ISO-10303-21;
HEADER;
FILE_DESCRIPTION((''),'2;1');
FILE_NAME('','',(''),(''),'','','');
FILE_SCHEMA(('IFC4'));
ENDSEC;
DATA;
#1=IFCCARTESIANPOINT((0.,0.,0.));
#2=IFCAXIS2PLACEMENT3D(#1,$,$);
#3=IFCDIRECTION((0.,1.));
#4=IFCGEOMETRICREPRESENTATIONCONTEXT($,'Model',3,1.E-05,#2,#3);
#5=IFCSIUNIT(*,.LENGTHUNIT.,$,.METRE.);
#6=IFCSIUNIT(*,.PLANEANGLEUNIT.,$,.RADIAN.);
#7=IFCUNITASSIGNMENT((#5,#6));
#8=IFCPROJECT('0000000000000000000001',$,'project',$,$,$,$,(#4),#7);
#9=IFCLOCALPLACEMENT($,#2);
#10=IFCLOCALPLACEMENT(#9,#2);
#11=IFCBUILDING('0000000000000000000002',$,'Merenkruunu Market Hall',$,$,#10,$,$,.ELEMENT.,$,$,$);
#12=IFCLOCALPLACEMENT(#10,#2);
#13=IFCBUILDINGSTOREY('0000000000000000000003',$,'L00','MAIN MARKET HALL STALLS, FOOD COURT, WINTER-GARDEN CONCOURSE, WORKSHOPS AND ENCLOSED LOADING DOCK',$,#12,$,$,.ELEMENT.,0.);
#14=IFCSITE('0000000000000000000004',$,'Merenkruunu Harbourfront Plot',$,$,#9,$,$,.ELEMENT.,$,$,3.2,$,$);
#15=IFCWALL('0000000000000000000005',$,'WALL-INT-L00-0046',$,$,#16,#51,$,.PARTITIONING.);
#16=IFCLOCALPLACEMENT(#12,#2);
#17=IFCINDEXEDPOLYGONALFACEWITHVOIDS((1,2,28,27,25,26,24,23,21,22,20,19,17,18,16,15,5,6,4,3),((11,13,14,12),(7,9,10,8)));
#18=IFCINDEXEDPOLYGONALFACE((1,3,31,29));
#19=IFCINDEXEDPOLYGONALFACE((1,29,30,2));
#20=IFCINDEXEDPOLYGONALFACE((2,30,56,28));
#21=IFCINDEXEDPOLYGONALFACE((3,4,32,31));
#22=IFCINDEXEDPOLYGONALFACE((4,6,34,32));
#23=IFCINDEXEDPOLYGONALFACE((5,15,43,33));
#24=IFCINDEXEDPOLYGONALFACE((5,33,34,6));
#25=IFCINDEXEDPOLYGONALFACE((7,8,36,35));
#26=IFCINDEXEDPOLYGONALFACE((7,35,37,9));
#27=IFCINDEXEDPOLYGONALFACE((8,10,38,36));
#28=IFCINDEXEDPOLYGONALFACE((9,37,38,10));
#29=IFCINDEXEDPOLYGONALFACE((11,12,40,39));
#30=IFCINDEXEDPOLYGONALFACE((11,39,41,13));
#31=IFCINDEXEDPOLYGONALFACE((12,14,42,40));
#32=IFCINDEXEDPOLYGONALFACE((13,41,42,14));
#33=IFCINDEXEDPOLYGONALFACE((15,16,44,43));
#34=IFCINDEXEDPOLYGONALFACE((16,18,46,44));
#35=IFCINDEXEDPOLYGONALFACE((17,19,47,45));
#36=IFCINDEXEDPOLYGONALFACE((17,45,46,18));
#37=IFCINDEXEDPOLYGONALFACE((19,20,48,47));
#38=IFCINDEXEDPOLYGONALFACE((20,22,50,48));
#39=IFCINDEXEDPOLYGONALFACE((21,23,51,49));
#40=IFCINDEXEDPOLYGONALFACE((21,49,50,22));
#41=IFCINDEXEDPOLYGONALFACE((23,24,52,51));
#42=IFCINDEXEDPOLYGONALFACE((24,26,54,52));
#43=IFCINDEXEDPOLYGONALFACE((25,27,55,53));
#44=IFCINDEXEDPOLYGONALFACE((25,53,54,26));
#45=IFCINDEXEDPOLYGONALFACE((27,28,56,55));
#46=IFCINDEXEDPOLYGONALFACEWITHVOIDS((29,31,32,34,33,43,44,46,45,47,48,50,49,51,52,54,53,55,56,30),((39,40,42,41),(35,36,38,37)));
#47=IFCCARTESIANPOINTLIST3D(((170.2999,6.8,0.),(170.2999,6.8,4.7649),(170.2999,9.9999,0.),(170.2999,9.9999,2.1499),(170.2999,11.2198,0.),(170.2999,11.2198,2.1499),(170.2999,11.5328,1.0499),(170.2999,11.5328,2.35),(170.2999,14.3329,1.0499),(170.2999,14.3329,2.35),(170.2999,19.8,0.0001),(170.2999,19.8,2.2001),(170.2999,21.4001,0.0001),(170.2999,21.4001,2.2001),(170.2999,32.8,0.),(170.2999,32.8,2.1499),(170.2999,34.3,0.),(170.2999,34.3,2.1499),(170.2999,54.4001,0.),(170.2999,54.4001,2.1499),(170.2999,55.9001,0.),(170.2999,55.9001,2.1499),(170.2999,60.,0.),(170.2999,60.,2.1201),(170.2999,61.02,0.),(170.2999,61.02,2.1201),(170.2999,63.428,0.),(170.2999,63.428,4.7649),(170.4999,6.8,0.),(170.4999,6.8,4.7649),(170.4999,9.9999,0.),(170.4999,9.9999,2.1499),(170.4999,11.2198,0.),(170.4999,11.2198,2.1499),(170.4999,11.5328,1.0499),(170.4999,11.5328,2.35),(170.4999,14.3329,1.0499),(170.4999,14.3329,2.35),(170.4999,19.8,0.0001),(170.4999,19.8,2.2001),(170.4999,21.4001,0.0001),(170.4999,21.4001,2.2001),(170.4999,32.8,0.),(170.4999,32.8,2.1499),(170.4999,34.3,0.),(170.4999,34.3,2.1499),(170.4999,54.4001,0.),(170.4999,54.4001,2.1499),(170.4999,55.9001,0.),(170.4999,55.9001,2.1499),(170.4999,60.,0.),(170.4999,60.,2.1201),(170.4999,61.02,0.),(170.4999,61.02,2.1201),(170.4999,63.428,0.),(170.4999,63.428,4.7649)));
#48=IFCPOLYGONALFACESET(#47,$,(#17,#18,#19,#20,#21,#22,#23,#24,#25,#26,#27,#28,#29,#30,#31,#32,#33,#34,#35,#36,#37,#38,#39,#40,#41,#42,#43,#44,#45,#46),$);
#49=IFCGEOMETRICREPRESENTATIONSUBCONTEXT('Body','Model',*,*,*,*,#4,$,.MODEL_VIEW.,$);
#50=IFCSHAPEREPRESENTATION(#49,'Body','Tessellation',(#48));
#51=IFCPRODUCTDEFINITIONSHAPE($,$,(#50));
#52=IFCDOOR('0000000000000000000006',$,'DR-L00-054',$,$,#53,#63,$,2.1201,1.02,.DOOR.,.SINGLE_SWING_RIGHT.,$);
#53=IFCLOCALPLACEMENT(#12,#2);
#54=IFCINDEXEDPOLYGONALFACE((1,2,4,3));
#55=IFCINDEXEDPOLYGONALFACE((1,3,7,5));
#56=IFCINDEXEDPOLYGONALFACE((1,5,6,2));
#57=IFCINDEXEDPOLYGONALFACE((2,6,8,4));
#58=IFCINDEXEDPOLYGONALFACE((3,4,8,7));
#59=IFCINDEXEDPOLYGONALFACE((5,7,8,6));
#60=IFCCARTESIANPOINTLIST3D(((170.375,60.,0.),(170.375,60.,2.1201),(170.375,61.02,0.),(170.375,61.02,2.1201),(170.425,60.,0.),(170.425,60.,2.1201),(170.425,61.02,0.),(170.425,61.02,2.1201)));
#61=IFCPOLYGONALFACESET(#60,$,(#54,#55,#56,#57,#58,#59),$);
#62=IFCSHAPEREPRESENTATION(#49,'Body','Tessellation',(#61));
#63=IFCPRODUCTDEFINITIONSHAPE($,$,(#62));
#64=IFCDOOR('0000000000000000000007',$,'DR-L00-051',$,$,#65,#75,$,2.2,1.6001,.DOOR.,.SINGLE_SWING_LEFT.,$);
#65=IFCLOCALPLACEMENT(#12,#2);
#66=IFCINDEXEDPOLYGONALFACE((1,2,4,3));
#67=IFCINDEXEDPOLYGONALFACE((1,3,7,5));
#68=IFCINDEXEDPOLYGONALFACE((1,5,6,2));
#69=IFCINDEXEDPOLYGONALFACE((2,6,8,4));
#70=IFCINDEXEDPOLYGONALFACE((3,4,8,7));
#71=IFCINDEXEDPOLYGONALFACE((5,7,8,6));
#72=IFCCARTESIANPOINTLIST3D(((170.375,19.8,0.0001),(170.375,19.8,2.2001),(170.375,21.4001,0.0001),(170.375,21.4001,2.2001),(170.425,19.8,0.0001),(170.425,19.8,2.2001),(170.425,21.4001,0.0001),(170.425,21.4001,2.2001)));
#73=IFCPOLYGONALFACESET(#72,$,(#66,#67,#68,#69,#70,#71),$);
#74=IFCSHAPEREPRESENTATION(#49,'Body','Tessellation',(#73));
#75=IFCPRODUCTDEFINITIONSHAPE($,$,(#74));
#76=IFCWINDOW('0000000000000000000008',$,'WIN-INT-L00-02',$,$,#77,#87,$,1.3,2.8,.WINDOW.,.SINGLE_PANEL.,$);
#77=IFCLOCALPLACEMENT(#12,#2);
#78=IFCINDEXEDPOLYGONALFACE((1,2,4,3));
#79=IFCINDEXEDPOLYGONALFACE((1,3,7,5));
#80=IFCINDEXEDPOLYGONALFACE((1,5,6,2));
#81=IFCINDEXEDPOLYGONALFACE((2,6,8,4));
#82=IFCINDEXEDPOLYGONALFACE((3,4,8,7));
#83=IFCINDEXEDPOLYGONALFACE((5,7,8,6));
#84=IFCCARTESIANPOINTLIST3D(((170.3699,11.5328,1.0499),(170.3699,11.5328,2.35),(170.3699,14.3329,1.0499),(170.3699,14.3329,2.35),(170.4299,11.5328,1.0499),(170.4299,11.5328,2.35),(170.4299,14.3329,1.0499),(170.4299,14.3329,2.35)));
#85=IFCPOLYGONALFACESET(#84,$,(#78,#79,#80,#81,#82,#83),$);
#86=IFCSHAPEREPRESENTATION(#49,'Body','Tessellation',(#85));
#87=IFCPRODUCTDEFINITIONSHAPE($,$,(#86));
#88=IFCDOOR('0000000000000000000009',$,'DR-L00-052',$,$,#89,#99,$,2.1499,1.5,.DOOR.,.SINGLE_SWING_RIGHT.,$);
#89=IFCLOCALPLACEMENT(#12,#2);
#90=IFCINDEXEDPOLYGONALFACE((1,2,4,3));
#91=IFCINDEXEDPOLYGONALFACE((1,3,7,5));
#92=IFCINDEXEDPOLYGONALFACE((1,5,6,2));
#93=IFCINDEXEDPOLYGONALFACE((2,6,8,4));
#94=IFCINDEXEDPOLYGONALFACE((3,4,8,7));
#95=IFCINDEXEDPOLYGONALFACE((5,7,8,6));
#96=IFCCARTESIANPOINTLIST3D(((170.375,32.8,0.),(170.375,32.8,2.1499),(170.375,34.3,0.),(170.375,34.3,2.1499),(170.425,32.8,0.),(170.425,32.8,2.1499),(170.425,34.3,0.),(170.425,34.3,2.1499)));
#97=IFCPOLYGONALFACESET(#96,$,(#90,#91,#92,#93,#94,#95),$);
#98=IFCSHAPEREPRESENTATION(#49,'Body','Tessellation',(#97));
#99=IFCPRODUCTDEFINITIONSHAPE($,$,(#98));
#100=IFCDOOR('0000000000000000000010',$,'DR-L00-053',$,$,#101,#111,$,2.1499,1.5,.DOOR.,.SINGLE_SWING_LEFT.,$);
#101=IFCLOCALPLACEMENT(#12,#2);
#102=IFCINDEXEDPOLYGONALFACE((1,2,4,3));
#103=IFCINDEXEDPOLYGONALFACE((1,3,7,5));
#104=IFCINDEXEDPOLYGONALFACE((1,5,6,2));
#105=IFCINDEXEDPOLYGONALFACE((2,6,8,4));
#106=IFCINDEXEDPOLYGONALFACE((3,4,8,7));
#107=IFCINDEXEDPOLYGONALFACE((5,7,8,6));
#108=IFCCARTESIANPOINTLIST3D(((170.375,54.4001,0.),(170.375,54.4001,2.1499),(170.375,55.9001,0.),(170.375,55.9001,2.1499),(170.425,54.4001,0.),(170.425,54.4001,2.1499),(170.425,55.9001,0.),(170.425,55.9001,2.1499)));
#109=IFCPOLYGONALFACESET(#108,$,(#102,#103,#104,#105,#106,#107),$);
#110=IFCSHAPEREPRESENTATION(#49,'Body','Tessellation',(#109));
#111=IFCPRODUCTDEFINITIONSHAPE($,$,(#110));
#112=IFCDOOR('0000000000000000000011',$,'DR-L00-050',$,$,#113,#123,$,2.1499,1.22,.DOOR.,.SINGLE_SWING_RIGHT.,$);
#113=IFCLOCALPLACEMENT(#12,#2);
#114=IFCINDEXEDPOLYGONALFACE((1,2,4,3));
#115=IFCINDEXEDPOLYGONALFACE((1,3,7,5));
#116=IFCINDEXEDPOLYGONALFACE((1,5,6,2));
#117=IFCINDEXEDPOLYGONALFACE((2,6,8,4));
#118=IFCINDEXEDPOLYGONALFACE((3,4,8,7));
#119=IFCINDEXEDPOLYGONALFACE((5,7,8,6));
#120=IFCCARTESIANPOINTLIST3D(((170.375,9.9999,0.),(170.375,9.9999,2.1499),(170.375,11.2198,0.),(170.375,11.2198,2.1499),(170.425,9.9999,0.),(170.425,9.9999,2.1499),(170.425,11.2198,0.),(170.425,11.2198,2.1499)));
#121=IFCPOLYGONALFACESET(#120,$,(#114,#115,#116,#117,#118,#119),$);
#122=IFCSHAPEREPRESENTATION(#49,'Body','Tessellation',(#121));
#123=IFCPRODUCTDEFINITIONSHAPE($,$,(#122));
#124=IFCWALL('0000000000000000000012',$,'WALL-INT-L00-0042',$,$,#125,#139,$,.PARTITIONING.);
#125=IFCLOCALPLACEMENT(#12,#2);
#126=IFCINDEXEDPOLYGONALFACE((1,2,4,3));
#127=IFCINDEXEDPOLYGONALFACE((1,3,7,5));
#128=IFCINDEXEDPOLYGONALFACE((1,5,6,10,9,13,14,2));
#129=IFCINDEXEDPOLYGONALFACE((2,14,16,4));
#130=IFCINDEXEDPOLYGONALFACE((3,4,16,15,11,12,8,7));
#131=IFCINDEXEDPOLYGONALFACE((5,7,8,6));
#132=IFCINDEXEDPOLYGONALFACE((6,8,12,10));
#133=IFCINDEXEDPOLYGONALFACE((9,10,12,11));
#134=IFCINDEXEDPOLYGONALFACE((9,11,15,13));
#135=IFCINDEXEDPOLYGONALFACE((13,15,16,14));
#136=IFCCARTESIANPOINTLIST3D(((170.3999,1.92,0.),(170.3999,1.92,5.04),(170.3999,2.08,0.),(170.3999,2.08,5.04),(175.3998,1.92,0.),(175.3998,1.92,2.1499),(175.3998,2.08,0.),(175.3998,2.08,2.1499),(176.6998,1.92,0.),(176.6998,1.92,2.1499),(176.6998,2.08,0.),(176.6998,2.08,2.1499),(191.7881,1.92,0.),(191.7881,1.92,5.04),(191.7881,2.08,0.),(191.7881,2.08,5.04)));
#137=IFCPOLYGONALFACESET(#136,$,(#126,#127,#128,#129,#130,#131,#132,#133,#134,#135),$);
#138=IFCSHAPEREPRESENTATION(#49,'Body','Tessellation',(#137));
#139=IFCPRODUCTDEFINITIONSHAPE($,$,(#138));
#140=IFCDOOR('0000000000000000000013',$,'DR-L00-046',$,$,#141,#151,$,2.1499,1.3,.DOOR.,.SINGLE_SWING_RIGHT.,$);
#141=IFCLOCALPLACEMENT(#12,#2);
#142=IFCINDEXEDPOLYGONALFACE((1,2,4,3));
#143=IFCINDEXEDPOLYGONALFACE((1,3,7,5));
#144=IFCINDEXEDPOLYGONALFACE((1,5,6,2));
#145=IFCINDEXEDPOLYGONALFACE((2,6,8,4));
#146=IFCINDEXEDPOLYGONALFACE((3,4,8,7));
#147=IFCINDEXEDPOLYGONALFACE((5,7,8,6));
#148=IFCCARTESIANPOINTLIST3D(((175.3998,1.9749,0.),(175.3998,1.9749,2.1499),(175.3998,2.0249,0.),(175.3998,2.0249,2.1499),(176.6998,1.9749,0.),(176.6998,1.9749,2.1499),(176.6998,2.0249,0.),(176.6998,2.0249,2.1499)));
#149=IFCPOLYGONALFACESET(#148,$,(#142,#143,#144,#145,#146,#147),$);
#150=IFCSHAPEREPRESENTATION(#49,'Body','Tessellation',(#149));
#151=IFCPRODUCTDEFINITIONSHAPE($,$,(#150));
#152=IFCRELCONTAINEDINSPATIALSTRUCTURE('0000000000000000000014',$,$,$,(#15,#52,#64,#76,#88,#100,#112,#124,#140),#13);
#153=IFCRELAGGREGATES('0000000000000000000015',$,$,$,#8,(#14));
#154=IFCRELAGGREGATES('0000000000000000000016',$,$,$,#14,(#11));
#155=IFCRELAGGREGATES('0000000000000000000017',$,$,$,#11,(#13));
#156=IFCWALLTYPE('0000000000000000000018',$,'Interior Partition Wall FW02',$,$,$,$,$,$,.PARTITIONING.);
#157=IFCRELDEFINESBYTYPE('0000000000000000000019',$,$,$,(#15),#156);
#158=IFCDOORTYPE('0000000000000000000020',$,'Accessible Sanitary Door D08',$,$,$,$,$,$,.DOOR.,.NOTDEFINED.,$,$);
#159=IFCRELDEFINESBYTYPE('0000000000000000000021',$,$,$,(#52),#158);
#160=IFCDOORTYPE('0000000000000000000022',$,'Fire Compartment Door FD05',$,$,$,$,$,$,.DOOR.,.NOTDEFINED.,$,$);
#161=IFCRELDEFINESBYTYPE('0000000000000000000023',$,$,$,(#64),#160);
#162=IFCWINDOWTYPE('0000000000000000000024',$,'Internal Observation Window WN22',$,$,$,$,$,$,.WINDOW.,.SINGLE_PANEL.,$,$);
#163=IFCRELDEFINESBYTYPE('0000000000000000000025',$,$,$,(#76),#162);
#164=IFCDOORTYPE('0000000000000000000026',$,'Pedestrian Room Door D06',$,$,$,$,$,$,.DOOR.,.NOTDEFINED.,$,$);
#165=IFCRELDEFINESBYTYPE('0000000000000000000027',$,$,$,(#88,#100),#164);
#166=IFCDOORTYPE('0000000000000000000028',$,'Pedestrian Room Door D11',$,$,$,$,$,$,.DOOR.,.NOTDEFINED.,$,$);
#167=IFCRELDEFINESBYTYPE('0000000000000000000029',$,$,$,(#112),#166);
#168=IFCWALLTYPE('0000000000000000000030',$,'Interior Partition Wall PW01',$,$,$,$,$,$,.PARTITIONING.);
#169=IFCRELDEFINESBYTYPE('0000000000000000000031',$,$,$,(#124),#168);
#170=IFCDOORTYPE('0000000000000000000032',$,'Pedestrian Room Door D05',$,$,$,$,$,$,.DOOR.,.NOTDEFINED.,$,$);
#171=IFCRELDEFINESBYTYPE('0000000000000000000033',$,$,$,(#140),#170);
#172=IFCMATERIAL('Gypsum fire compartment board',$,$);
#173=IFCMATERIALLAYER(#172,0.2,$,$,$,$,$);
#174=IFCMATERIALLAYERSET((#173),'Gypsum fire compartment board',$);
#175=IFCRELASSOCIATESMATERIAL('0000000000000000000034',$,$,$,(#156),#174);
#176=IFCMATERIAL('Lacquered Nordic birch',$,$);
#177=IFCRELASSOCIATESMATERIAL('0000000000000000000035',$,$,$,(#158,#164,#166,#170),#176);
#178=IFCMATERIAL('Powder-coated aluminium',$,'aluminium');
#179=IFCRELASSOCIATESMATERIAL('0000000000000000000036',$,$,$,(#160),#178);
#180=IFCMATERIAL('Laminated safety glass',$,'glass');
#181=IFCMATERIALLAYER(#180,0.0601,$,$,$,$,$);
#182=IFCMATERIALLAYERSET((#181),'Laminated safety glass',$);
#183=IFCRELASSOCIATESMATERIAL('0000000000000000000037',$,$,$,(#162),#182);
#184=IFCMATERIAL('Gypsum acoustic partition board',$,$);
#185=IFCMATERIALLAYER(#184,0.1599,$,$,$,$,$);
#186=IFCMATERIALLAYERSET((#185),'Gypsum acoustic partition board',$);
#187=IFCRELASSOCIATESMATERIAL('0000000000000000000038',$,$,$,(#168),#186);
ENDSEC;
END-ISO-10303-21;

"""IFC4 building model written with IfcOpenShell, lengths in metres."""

from ifc_helpers import new_model, si_unit, direction, frame, frame_2d, origin, place, context, subcontext, project, spatial, rectangle, extrude, material, layer, layer_set, type_object, element, fill, save


model = new_model("IFC4")

# Units and contexts
model_context = context("Model", 3, precision=1e-05, world=origin(), true_north=direction((0.0, 1.0)))
body_context = subcontext(model_context, "Body", "Model", "MODEL_VIEW")
ifc_project = project(units=[si_unit("LENGTHUNIT", "METRE"), si_unit("PLANEANGLEUNIT", "RADIAN")], contexts=[model_context])

# Site, building, storey
site_placement = place(None, origin())
site = spatial("IfcSite", under=ifc_project, at=site_placement, Name="Merenkruunu Harbourfront Plot", CompositionType="ELEMENT", RefElevation=3.2)
building_placement = place(site_placement, origin())
building = spatial("IfcBuilding", under=site, at=building_placement, Name="Merenkruunu Market Hall", CompositionType="ELEMENT")
storey_placement = place(building_placement, origin())
storey = spatial("IfcBuildingStorey", under=building, at=storey_placement, Name="L00", Description="MAIN MARKET HALL STALLS, FOOD COURT, WINTER-GARDEN CONCOURSE, WORKSHOPS AND ENCLOSED LOADING DOCK", CompositionType="ELEMENT", Elevation=0.0)

# Wall, openings, doors, window
ifc_material_1 = material(Name="Gypsum fire compartment board")
ifc_layer_1 = layer(ifc_material_1, 0.2)
ifc_layer_set_1 = layer_set([ifc_layer_1], Name="Gypsum fire compartment board")
wall_type_1 = type_object("IfcWallType", Name="Interior Partition Wall FW02", PredefinedType="PARTITIONING", material=ifc_layer_set_1)
wall_1_placement = place(storey_placement, frame((170.3999, 6.8, 0.0), z_axis=(0.0, 0.0, 1.0), x_axis=(0.0, 1.0, 0.0)))
wall_1 = element("IfcWall", 1, at=wall_1_placement, inside=storey, type_object=wall_type_1, Name="WALL-INT-L00-0046", PredefinedType="PARTITIONING", context=body_context, shape_type="SweptSolid", body=[
    extrude(rectangle(XDim=56.6279, YDim=0.2, at=frame_2d((28.314, 0.0))), origin(), (0.0, 0.0, 1.0), 4.7649),
])
opening_1_placement = place(wall_1_placement, frame((3.2, 0.0, 0.0)))
opening_1 = element("IfcOpeningElement", 2, at=opening_1_placement, cuts=wall_1, PredefinedType="OPENING", context=body_context, shape_type="SweptSolid", body=[
    extrude(rectangle(XDim=1.22, YDim=2.1499, at=frame_2d((0.6099, 1.075))), frame((0.0, 0.1099, 0.0), z_axis=(0.0, -1.0, 0.0), x_axis=(1.0, 0.0, 0.0)), (0.0, 0.0, 1.0), 0.22),
])
opening_2_placement = place(wall_1_placement, frame((13.0, 0.0, 0.0)))
opening_2 = element("IfcOpeningElement", 3, at=opening_2_placement, cuts=wall_1, PredefinedType="OPENING", context=body_context, shape_type="SweptSolid", body=[
    extrude(rectangle(XDim=1.6001, YDim=2.2, at=frame_2d((0.8, 1.1001))), frame((0.0, 0.1099, 0.0), z_axis=(0.0, -1.0, 0.0), x_axis=(1.0, 0.0, 0.0)), (0.0, 0.0, 1.0), 0.22),
])
opening_3_placement = place(wall_1_placement, frame((26.0, 0.0, 0.0)))
opening_3 = element("IfcOpeningElement", 4, at=opening_3_placement, cuts=wall_1, PredefinedType="OPENING", context=body_context, shape_type="SweptSolid", body=[
    extrude(rectangle(XDim=1.5, YDim=2.1499, at=frame_2d((0.75, 1.075))), frame((0.0, 0.1099, 0.0), z_axis=(0.0, -1.0, 0.0), x_axis=(1.0, 0.0, 0.0)), (0.0, 0.0, 1.0), 0.22),
])
opening_4_placement = place(wall_1_placement, frame((47.6001, 0.0, 0.0)))
opening_4 = element("IfcOpeningElement", 5, at=opening_4_placement, cuts=wall_1, PredefinedType="OPENING", context=body_context, shape_type="SweptSolid", body=[
    extrude(rectangle(XDim=1.5, YDim=2.1499, at=frame_2d((0.75, 1.075))), frame((0.0, 0.1099, 0.0), z_axis=(0.0, -1.0, 0.0), x_axis=(1.0, 0.0, 0.0)), (0.0, 0.0, 1.0), 0.22),
])
opening_5_placement = place(wall_1_placement, frame((53.2, 0.0, 0.0)))
opening_5 = element("IfcOpeningElement", 6, at=opening_5_placement, cuts=wall_1, PredefinedType="OPENING", context=body_context, shape_type="SweptSolid", body=[
    extrude(rectangle(XDim=1.02, YDim=2.1201, at=frame_2d((0.51, 1.0601))), frame((0.0, 0.1099, 0.0), z_axis=(0.0, -1.0, 0.0), x_axis=(1.0, 0.0, 0.0)), (0.0, 0.0, 1.0), 0.22),
])
opening_6_placement = place(wall_1_placement, frame((4.7329, 0.0, 1.05)))
opening_6 = element("IfcOpeningElement", 7, at=opening_6_placement, cuts=wall_1, PredefinedType="OPENING", context=body_context, shape_type="SweptSolid", body=[
    extrude(rectangle(XDim=2.8, YDim=1.3, at=frame_2d((1.3999, 0.6499))), frame((0.0, 0.1099, 0.0), z_axis=(0.0, -1.0, 0.0), x_axis=(1.0, 0.0, 0.0)), (0.0, 0.0, 1.0), 0.22),
])
ifc_material_2 = material(Name="Lacquered Nordic birch")
door_type_1 = type_object("IfcDoorType", Name="Accessible Sanitary Door D08", OperationType="NOTDEFINED", PredefinedType="DOOR", material=ifc_material_2)
door_1_placement = place(opening_5_placement, origin())
door_1 = element("IfcDoor", 8, at=door_1_placement, inside=storey, type_object=door_type_1, Name="DR-L00-054", OperationType="SINGLE_SWING_RIGHT", OverallHeight=2.1201, OverallWidth=1.02, PredefinedType="DOOR", context=body_context, shape_type="SweptSolid", body=[
    extrude(rectangle(XDim=1.02, YDim=2.1201, at=frame_2d((0.51, 1.0601))), frame((0.0, 0.0249, 0.0), z_axis=(0.0, -1.0, 0.0), x_axis=(1.0, 0.0, 0.0)), (0.0, 0.0, 1.0), 0.05),
])
fill(opening_5, door_1)
ifc_material_3 = material(Name="Powder-coated aluminium", Category="aluminium")
door_type_2 = type_object("IfcDoorType", Name="Fire Compartment Door FD05", OperationType="NOTDEFINED", PredefinedType="DOOR", material=ifc_material_3)
door_2_placement = place(opening_2_placement, origin())
door_2 = element("IfcDoor", 9, at=door_2_placement, inside=storey, type_object=door_type_2, Name="DR-L00-051", OperationType="SINGLE_SWING_LEFT", OverallHeight=2.2, OverallWidth=1.6001, PredefinedType="DOOR", context=body_context, shape_type="SweptSolid", body=[
    extrude(rectangle(XDim=1.6001, YDim=2.2, at=frame_2d((0.8, 1.1001))), frame((0.0, 0.0249, 0.0), z_axis=(0.0, -1.0, 0.0), x_axis=(1.0, 0.0, 0.0)), (0.0, 0.0, 1.0), 0.05),
])
fill(opening_2, door_2)
ifc_material_4 = material(Name="Laminated safety glass", Category="glass")
ifc_layer_2 = layer(ifc_material_4, 0.0601)
ifc_layer_set_2 = layer_set([ifc_layer_2], Name="Laminated safety glass")
window_type_1 = type_object("IfcWindowType", Name="Internal Observation Window WN22", PartitioningType="SINGLE_PANEL", PredefinedType="WINDOW", material=ifc_layer_set_2)
window_1_placement = place(opening_6_placement, origin())
window_1 = element("IfcWindow", 10, at=window_1_placement, inside=storey, type_object=window_type_1, Name="WIN-INT-L00-02", OverallHeight=1.3, OverallWidth=2.8, PartitioningType="SINGLE_PANEL", PredefinedType="WINDOW", context=body_context, shape_type="SweptSolid", body=[
    extrude(rectangle(XDim=2.8, YDim=1.3, at=frame_2d((1.3999, 0.6499))), frame((0.0, 0.03, 0.0), z_axis=(0.0, -1.0, 0.0), x_axis=(1.0, 0.0, 0.0)), (0.0, 0.0, 1.0), 0.0601),
])
fill(opening_6, window_1)
door_type_3 = type_object("IfcDoorType", Name="Pedestrian Room Door D06", OperationType="NOTDEFINED", PredefinedType="DOOR", material=ifc_material_2)
door_3_placement = place(opening_3_placement, origin())
door_3 = element("IfcDoor", 11, at=door_3_placement, inside=storey, type_object=door_type_3, Name="DR-L00-052", OperationType="SINGLE_SWING_RIGHT", OverallHeight=2.1499, OverallWidth=1.5, PredefinedType="DOOR", context=body_context, shape_type="SweptSolid", body=[
    extrude(rectangle(XDim=1.5, YDim=2.1499, at=frame_2d((0.75, 1.075))), frame((0.0, 0.0249, 0.0), z_axis=(0.0, -1.0, 0.0), x_axis=(1.0, 0.0, 0.0)), (0.0, 0.0, 1.0), 0.05),
])
fill(opening_3, door_3)
door_4_placement = place(opening_4_placement, origin())
door_4 = element("IfcDoor", 12, at=door_4_placement, inside=storey, type_object=door_type_3, Name="DR-L00-053", OperationType="SINGLE_SWING_LEFT", OverallHeight=2.1499, OverallWidth=1.5, PredefinedType="DOOR", context=body_context, shape_type="SweptSolid", body=[
    extrude(rectangle(XDim=1.5, YDim=2.1499, at=frame_2d((0.75, 1.075))), frame((0.0, 0.0249, 0.0), z_axis=(0.0, -1.0, 0.0), x_axis=(1.0, 0.0, 0.0)), (0.0, 0.0, 1.0), 0.05),
])
fill(opening_4, door_4)
door_type_4 = type_object("IfcDoorType", Name="Pedestrian Room Door D11", OperationType="NOTDEFINED", PredefinedType="DOOR", material=ifc_material_2)
door_5_placement = place(opening_1_placement, origin())
door_5 = element("IfcDoor", 13, at=door_5_placement, inside=storey, type_object=door_type_4, Name="DR-L00-050", OperationType="SINGLE_SWING_RIGHT", OverallHeight=2.1499, OverallWidth=1.22, PredefinedType="DOOR", context=body_context, shape_type="SweptSolid", body=[
    extrude(rectangle(XDim=1.22, YDim=2.1499, at=frame_2d((0.6099, 1.075))), frame((0.0, 0.0249, 0.0), z_axis=(0.0, -1.0, 0.0), x_axis=(1.0, 0.0, 0.0)), (0.0, 0.0, 1.0), 0.05),
])
fill(opening_1, door_5)

# Wall, opening, door
ifc_material_5 = material(Name="Gypsum acoustic partition board")
ifc_layer_3 = layer(ifc_material_5, 0.1599)
ifc_layer_set_3 = layer_set([ifc_layer_3], Name="Gypsum acoustic partition board")
wall_type_2 = type_object("IfcWallType", Name="Interior Partition Wall PW01", PredefinedType="PARTITIONING", material=ifc_layer_set_3)
wall_2_placement = place(storey_placement, frame((170.3999, 2.0, 0.0), z_axis=(0.0, 0.0, 1.0), x_axis=(1.0, 0.0, 0.0)))
wall_2 = element("IfcWall", 14, at=wall_2_placement, inside=storey, type_object=wall_type_2, Name="WALL-INT-L00-0042", PredefinedType="PARTITIONING", context=body_context, shape_type="SweptSolid", body=[
    extrude(rectangle(XDim=21.3882, YDim=0.1599, at=frame_2d((10.6941, 0.0))), origin(), (0.0, 0.0, 1.0), 5.04),
])
opening_7_placement = place(wall_2_placement, frame((5.0, 0.0, 0.0)))
opening_7 = element("IfcOpeningElement", 15, at=opening_7_placement, cuts=wall_2, PredefinedType="OPENING", context=body_context, shape_type="SweptSolid", body=[
    extrude(rectangle(XDim=1.3, YDim=2.1499, at=frame_2d((0.6499, 1.075))), frame((0.0, 0.0898, 0.0), z_axis=(0.0, -1.0, 0.0), x_axis=(1.0, 0.0, 0.0)), (0.0, 0.0, 1.0), 0.1799),
])
door_type_5 = type_object("IfcDoorType", Name="Pedestrian Room Door D05", OperationType="NOTDEFINED", PredefinedType="DOOR", material=ifc_material_2)
door_6_placement = place(opening_7_placement, origin())
door_6 = element("IfcDoor", 16, at=door_6_placement, inside=storey, type_object=door_type_5, Name="DR-L00-046", OperationType="SINGLE_SWING_RIGHT", OverallHeight=2.1499, OverallWidth=1.3, PredefinedType="DOOR", context=body_context, shape_type="SweptSolid", body=[
    extrude(rectangle(XDim=1.3, YDim=2.1499, at=frame_2d((0.6499, 1.075))), frame((0.0, 0.0249, 0.0), z_axis=(0.0, -1.0, 0.0), x_axis=(1.0, 0.0, 0.0)), (0.0, 0.0, 1.0), 0.05),
])
fill(opening_7, door_6)

save(model, "model.ifc")
